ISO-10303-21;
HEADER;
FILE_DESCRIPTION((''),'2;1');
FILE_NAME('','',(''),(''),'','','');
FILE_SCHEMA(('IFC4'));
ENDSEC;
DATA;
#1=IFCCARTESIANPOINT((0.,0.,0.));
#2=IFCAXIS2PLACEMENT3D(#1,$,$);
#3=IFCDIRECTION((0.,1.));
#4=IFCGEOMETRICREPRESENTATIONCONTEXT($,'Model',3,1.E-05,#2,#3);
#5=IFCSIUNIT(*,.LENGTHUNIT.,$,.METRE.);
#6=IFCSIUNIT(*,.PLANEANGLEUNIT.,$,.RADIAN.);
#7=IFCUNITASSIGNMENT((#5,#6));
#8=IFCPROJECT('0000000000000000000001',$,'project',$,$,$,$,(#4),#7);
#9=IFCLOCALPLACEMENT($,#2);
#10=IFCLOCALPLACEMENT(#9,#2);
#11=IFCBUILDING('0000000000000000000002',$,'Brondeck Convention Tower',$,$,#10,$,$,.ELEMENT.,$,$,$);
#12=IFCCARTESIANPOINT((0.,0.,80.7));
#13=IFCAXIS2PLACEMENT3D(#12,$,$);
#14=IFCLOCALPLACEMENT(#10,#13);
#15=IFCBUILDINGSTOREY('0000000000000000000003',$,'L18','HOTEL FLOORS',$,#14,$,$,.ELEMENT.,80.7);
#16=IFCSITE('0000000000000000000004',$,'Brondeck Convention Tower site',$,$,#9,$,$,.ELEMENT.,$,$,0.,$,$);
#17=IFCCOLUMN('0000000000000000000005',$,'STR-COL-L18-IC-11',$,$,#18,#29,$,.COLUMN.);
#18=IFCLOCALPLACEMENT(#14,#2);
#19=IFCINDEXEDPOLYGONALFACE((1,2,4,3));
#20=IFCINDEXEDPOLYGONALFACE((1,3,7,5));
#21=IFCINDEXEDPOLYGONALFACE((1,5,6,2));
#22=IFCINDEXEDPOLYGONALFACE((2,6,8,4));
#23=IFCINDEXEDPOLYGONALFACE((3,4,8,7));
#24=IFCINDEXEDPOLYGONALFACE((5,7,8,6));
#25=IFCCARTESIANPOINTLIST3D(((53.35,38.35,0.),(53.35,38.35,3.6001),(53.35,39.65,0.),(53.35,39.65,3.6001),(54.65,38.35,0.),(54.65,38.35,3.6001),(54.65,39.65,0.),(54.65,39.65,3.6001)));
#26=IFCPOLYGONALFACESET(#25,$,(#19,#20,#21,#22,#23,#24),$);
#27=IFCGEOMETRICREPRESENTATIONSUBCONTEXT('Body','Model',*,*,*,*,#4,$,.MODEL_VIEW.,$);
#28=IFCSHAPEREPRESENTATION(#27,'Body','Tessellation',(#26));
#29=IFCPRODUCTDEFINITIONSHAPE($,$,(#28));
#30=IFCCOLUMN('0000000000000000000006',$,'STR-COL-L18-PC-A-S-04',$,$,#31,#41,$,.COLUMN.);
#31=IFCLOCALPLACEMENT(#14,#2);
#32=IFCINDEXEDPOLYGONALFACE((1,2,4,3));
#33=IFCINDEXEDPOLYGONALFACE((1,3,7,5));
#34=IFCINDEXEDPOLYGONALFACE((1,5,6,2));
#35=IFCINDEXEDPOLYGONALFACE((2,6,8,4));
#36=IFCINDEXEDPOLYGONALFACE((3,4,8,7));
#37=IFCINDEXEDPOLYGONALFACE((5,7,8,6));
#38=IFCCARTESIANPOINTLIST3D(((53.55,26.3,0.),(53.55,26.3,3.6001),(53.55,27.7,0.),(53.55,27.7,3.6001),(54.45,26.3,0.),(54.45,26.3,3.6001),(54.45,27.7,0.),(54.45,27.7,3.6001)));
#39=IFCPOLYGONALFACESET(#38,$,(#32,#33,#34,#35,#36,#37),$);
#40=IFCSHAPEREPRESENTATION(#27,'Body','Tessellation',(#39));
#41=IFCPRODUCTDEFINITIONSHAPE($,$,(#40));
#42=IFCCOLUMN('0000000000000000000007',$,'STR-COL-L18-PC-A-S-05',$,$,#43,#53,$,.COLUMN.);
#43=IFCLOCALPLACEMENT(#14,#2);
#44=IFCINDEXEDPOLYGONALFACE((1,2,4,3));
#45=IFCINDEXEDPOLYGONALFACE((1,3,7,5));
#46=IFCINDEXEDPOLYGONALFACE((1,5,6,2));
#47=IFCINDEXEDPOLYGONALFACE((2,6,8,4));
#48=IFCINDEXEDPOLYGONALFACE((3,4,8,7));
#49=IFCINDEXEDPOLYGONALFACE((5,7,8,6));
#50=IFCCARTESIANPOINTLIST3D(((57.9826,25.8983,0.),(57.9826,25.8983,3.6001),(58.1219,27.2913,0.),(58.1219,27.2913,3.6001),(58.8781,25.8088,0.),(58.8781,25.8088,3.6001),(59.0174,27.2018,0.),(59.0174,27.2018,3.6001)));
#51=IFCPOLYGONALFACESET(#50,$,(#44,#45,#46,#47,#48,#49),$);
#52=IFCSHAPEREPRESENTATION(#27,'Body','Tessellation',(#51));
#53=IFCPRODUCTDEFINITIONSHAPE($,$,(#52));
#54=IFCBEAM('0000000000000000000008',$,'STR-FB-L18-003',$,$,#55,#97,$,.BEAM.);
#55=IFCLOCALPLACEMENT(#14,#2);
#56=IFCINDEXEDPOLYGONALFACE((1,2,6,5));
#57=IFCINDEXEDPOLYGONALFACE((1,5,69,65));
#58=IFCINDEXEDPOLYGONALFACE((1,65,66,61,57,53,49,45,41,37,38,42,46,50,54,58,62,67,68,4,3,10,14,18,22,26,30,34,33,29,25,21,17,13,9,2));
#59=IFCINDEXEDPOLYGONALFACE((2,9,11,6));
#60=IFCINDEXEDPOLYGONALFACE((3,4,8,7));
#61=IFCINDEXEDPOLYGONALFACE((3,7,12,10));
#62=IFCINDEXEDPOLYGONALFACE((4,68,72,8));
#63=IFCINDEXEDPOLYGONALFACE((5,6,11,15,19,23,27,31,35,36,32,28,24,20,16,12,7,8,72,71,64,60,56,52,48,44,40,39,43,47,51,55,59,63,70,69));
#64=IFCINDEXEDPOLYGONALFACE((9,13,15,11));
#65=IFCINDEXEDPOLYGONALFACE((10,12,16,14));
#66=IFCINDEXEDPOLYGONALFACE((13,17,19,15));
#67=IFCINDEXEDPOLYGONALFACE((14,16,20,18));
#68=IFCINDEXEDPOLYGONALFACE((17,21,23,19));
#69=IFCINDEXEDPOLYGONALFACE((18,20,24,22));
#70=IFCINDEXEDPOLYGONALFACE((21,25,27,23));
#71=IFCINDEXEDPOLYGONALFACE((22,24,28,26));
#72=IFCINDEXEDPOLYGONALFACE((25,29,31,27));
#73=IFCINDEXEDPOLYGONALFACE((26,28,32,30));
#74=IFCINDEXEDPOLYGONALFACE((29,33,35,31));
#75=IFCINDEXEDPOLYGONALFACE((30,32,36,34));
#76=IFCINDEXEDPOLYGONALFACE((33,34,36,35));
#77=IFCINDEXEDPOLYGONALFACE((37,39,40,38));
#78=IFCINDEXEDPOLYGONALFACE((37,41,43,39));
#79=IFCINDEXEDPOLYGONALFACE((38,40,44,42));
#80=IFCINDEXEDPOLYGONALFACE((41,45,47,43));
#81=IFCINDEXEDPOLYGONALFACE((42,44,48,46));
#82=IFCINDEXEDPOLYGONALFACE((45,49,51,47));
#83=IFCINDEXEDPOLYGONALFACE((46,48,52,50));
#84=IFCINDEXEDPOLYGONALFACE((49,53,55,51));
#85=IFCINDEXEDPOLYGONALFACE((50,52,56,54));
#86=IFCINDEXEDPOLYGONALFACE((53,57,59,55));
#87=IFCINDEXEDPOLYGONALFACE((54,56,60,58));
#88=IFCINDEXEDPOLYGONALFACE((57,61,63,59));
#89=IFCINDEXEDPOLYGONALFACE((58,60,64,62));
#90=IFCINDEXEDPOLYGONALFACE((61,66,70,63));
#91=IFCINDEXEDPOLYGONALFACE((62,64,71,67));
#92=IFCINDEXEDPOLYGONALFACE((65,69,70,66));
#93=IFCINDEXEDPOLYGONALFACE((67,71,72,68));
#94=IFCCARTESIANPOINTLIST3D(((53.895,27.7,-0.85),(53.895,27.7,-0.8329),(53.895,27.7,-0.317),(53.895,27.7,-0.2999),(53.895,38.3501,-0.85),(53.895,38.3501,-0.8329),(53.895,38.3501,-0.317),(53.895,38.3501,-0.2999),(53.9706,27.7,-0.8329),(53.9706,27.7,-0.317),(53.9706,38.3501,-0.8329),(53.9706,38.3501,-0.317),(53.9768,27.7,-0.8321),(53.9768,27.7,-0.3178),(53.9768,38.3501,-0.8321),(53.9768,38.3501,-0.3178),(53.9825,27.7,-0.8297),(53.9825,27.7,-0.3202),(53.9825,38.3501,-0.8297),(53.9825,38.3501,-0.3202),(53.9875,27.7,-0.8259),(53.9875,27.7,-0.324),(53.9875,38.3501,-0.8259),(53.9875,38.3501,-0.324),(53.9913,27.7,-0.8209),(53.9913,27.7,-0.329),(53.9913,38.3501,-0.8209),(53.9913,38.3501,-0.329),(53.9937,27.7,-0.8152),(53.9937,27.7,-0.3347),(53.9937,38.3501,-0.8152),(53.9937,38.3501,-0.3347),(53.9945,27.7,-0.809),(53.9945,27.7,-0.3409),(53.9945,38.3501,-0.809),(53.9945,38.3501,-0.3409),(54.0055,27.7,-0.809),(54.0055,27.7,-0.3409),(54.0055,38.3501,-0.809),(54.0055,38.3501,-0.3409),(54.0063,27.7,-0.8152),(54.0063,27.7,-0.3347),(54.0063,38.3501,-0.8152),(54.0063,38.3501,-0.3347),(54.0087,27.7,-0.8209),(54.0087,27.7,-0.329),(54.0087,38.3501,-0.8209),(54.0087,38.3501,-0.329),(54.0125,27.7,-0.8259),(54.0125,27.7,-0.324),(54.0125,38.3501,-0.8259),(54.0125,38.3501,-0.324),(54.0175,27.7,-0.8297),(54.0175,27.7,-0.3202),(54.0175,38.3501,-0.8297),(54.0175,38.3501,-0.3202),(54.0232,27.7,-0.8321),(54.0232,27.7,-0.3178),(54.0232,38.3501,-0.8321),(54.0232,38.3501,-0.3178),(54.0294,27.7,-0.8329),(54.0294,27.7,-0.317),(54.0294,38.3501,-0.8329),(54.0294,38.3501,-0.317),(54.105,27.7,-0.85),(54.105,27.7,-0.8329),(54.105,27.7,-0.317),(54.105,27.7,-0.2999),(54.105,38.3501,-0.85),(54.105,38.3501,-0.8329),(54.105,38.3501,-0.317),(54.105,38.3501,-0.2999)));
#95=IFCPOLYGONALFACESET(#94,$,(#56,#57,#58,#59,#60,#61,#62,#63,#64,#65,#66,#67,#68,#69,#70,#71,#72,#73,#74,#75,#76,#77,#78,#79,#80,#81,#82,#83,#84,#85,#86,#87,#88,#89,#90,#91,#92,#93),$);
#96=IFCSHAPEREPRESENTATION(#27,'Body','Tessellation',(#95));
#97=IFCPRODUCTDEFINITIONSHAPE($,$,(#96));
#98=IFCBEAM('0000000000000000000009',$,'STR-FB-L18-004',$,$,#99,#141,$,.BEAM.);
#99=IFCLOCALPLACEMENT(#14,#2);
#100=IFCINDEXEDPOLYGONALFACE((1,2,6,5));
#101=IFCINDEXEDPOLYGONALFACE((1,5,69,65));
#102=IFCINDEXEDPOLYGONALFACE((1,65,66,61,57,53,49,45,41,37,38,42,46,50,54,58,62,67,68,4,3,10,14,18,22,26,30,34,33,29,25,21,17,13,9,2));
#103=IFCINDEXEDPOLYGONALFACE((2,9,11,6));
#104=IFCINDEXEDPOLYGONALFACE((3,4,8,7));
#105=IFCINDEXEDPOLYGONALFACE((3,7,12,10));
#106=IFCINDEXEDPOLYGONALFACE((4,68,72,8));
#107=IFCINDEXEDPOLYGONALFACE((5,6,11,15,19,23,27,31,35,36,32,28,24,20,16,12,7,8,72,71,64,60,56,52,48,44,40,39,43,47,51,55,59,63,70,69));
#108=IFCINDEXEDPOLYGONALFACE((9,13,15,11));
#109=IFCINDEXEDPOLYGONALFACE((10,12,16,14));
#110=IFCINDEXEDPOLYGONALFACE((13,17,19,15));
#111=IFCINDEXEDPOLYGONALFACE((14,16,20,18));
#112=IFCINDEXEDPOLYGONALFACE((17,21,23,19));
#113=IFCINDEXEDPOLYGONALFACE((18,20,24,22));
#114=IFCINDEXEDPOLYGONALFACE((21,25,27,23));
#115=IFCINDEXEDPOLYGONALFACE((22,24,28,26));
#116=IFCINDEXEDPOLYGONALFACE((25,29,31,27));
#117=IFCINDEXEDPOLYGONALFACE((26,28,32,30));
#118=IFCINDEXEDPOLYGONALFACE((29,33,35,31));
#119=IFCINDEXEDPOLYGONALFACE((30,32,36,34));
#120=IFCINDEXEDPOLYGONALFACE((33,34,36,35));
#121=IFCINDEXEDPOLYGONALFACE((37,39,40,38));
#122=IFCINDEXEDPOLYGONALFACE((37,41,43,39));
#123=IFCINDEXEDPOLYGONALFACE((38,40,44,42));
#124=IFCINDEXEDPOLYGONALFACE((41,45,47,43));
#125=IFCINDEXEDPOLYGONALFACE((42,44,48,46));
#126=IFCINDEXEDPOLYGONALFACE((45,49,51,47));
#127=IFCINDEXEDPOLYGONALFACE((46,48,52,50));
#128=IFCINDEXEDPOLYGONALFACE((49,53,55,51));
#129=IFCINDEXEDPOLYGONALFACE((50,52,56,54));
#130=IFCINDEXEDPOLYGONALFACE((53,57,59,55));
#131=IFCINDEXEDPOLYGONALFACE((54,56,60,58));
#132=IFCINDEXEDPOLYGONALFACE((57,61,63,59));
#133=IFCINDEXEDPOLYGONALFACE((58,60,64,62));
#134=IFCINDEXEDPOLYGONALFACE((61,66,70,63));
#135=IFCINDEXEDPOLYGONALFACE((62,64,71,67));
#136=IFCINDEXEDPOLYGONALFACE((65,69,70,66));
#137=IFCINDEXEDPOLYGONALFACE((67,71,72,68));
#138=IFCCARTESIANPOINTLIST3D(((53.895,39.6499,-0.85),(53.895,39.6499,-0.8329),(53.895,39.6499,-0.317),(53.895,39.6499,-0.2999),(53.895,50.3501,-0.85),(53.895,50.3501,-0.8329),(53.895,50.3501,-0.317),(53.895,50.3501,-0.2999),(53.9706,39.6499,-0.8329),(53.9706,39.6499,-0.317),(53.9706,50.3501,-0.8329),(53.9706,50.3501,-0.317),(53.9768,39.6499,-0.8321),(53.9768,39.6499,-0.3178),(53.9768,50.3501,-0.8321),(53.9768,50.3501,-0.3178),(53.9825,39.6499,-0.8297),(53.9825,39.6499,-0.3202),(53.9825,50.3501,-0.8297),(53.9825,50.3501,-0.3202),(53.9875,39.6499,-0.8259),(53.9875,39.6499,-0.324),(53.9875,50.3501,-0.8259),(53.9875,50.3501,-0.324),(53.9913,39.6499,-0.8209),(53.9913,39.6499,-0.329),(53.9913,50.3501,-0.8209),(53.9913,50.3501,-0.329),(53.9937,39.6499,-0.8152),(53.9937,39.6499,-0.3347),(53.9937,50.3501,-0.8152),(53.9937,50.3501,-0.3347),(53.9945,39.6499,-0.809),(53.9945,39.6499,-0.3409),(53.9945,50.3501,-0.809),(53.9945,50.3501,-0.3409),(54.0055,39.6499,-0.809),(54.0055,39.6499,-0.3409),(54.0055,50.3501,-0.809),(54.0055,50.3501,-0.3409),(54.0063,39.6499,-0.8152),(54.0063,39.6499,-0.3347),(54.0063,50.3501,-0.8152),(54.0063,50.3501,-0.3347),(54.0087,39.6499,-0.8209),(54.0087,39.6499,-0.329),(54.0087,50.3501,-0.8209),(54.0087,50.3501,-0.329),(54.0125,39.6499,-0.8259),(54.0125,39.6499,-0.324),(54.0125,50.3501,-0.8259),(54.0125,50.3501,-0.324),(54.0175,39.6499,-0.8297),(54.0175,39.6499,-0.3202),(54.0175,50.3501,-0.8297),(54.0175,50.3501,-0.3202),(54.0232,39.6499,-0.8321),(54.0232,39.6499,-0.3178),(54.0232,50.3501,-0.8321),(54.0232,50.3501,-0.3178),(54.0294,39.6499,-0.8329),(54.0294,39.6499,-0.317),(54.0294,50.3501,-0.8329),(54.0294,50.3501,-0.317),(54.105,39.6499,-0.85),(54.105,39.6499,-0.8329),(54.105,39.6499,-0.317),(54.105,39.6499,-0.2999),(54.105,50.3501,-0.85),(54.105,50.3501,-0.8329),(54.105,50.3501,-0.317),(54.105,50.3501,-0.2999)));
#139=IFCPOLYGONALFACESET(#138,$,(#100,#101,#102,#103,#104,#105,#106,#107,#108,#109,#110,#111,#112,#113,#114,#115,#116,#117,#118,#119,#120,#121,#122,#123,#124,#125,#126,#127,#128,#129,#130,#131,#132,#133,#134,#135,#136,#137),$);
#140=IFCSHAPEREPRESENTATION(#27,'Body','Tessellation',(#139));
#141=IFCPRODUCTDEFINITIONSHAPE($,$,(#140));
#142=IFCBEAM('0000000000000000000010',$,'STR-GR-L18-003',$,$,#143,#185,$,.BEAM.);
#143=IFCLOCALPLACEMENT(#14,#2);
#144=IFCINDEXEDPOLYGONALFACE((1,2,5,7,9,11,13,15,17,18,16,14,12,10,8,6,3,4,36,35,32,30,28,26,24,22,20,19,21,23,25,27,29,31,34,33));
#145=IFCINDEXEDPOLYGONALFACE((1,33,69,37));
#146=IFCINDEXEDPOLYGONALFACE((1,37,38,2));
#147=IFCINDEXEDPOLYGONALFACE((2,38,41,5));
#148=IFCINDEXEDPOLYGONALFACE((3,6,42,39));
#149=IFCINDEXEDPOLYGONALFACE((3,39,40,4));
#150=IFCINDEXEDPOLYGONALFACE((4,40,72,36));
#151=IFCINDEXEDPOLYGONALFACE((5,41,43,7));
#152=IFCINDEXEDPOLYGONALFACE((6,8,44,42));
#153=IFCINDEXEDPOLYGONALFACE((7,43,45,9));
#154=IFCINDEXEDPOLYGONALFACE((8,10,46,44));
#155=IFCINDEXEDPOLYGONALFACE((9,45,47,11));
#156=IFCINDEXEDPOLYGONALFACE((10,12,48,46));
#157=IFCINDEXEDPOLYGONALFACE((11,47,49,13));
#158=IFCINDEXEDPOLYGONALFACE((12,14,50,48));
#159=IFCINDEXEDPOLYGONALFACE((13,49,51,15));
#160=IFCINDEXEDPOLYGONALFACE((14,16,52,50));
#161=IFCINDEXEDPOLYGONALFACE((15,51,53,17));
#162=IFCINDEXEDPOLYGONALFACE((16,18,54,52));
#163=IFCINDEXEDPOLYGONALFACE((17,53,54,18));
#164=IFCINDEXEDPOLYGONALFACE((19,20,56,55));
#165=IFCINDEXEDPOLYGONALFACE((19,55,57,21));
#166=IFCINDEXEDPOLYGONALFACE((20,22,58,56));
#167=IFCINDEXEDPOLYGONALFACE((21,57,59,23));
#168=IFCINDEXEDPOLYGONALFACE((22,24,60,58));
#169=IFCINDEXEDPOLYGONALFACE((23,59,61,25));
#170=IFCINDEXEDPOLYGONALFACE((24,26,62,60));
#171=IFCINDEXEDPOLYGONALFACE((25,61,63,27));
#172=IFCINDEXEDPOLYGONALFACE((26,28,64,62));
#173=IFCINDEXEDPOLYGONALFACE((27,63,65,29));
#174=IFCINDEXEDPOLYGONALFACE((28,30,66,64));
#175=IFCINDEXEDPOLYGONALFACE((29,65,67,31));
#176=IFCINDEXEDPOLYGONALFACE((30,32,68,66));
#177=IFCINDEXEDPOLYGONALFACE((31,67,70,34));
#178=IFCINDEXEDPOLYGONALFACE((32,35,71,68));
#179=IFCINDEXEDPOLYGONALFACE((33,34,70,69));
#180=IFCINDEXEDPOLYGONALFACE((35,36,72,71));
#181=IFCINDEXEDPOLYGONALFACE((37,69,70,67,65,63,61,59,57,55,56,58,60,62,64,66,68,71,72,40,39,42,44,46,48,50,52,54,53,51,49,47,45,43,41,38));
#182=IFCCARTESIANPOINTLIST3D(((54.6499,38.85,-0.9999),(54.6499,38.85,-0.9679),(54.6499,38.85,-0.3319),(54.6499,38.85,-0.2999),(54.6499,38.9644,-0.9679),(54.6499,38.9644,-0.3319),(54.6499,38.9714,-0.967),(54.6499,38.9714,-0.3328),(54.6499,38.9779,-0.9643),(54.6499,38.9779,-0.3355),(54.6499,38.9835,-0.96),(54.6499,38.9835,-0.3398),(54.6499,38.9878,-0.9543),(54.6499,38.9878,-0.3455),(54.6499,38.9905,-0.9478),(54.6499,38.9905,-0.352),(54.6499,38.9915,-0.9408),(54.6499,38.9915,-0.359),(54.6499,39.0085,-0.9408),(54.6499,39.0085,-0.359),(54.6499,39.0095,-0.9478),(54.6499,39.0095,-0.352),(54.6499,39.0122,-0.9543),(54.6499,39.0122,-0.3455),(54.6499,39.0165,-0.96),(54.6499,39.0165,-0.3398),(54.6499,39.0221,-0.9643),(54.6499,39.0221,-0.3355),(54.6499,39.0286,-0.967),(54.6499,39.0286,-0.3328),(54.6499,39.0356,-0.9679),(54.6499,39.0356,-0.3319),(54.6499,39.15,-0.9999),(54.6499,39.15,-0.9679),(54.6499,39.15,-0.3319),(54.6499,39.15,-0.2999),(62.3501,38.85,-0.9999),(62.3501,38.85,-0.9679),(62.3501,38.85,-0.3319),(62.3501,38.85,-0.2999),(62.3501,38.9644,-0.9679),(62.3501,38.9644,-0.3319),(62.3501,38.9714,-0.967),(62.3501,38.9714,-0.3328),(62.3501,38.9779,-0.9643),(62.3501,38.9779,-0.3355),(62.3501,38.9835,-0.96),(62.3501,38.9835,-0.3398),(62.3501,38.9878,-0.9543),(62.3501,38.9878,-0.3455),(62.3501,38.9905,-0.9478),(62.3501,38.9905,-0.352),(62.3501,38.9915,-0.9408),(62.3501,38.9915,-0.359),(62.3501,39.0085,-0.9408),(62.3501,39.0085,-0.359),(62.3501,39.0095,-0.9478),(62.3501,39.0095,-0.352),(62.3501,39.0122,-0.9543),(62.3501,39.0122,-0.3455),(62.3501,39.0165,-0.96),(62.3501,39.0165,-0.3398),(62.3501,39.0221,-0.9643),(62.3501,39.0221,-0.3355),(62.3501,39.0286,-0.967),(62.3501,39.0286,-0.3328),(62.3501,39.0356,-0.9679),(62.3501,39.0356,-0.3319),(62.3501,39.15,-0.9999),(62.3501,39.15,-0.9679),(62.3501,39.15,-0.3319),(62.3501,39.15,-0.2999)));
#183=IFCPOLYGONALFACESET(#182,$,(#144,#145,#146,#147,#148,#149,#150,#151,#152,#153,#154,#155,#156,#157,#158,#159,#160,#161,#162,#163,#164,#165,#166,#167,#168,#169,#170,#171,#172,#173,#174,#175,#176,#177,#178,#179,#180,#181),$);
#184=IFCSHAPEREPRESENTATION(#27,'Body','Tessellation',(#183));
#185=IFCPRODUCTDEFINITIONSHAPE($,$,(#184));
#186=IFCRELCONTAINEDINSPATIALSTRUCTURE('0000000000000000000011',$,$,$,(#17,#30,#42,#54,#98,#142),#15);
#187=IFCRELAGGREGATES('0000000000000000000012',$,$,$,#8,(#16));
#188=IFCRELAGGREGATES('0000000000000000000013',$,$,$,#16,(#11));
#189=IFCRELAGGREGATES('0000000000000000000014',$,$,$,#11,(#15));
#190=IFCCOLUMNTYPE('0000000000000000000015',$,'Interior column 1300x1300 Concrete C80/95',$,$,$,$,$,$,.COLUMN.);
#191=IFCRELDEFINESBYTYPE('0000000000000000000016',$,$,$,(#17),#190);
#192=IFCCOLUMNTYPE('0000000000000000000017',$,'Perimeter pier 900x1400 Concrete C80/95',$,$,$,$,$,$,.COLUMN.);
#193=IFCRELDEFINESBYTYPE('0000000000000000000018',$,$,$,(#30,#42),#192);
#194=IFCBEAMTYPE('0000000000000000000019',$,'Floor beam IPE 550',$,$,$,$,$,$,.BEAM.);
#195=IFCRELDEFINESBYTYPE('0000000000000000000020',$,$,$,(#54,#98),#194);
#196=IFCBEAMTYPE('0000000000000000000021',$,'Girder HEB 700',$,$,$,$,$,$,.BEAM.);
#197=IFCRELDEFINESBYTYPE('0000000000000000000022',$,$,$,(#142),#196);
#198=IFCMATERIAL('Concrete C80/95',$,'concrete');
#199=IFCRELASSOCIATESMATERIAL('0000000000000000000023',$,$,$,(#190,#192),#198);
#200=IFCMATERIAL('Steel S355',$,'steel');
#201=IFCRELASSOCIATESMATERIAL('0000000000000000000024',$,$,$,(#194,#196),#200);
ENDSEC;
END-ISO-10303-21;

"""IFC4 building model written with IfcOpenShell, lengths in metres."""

from ifc_helpers import new_model, si_unit, direction, frame, origin, origin_2d, place, context, subcontext, project, spatial, rectangle, i_section, extrude, material, material_profile, profile_set, type_object, element, save


model = new_model("IFC4")

# Units and contexts
model_context = context("Model", 3, precision=1e-05, world=origin(), true_north=direction((0.0, 1.0)))
body_context = subcontext(model_context, "Body", "Model", "MODEL_VIEW")
ifc_project = project(units=[si_unit("LENGTHUNIT", "METRE"), si_unit("PLANEANGLEUNIT", "RADIAN")], contexts=[model_context])

# Site, building, storey
site_placement = place(None, origin())
site = spatial("IfcSite", under=ifc_project, at=site_placement, Name="Brondeck Convention Tower site", CompositionType="ELEMENT", RefElevation=0.0)
building_placement = place(site_placement, origin())
building = spatial("IfcBuilding", under=site, at=building_placement, Name="Brondeck Convention Tower", CompositionType="ELEMENT")
storey_placement = place(building_placement, frame((0.0, 0.0, 80.7)))
storey = spatial("IfcBuildingStorey", under=building, at=storey_placement, Name="L18", Description="HOTEL FLOORS", CompositionType="ELEMENT", Elevation=80.7)

# Columns
ifc_material_1 = material(Name="Concrete C80/95", Category="concrete")
ifc_material_profile_1 = material_profile(ifc_material_1, rectangle(XDim=1.3, YDim=1.3, at=origin_2d()), Name="Interior column 1300x1300 Concrete C80/95")
ifc_profile_set_1 = profile_set([ifc_material_profile_1], Name="Concrete C80/95")
column_type_1 = type_object("IfcColumnType", Name="Interior column 1300x1300 Concrete C80/95", PredefinedType="COLUMN", material=ifc_profile_set_1)
column_placement = place(storey_placement, frame((54.0, 39.0, 0.0), z_axis=(0.0, 0.0, 1.0), x_axis=(1.0, 0.0, 0.0)))
element("IfcColumn", 1, at=column_placement, inside=storey, type_object=column_type_1, Name="STR-COL-L18-IC-11", PredefinedType="COLUMN", context=body_context, shape_type="SweptSolid", body=[
    extrude(rectangle(XDim=1.3, YDim=1.3, at=origin_2d()), origin(), (0.0, 0.0, 1.0), 3.6001),
])
ifc_material_profile_2 = material_profile(ifc_material_1, rectangle(XDim=0.8999, YDim=1.3999, at=origin_2d()), Name="Perimeter pier 900x1400 Concrete C80/95")
ifc_profile_set_2 = profile_set([ifc_material_profile_2], Name="Concrete C80/95")
column_type_2 = type_object("IfcColumnType", Name="Perimeter pier 900x1400 Concrete C80/95", PredefinedType="COLUMN", material=ifc_profile_set_2)
for number, where, z_axis, x_axis, name in (
    (2, (54.0, 27.0, 0.0), (0.0, 0.0, 1.0), (1.0, 0.0, 0.0), "STR-COL-L18-PC-A-S-04"),
    (3, (58.5, 26.55, 0.0), (0.0, 0.0, 1.0), (0.995037, -0.099504, 0.0), "STR-COL-L18-PC-A-S-05"),
):
    element("IfcColumn", number, at=place(storey_placement, frame(where, z_axis=z_axis, x_axis=x_axis)), inside=storey, type_object=column_type_2, Name=name, PredefinedType="COLUMN", context=body_context, shape_type="SweptSolid", body=[
        extrude(rectangle(XDim=0.8999, YDim=1.3999, at=origin_2d()), origin(), (0.0, 0.0, 1.0), 3.6001),
    ])

# Beams
ifc_material_2 = material(Name="Steel S355", Category="steel")
ifc_material_profile_3 = material_profile(ifc_material_2, i_section(OverallWidth=0.21, OverallDepth=0.55, WebThickness=0.011, FlangeThickness=0.0171, FilletRadius=0.0239, at=origin_2d()), Name="IPE 550")
ifc_profile_set_3 = profile_set([ifc_material_profile_3], Name="Steel S355")
beam_type_1 = type_object("IfcBeamType", Name="Floor beam IPE 550", PredefinedType="BEAM", material=ifc_profile_set_3)
beam_1_placement = place(storey_placement, frame((54.0, 27.7, -0.575), z_axis=(0.0, 1.0, 0.0), x_axis=(-1.0, 0.0, 0.0)))
element("IfcBeam", 4, at=beam_1_placement, inside=storey, type_object=beam_type_1, Name="STR-FB-L18-003", PredefinedType="BEAM", context=body_context, shape_type="SweptSolid", body=[
    extrude(i_section(OverallWidth=0.21, OverallDepth=0.55, WebThickness=0.011, FlangeThickness=0.0171, FilletRadius=0.0239, at=origin_2d()), origin(), (0.0, 0.0, 1.0), 10.6501),
])
beam_2_placement = place(storey_placement, frame((54.0, 39.6499, -0.575), z_axis=(0.0, 1.0, 0.0), x_axis=(-1.0, 0.0, 0.0)))
element("IfcBeam", 5, at=beam_2_placement, inside=storey, type_object=beam_type_1, Name="STR-FB-L18-004", PredefinedType="BEAM", context=body_context, shape_type="SweptSolid", body=[
    extrude(i_section(OverallWidth=0.21, OverallDepth=0.55, WebThickness=0.011, FlangeThickness=0.0171, FilletRadius=0.0239, at=origin_2d()), origin(), (0.0, 0.0, 1.0), 10.7002),
])
ifc_material_profile_4 = material_profile(ifc_material_2, i_section(OverallWidth=0.3, OverallDepth=0.7, WebThickness=0.0171, FlangeThickness=0.032, FilletRadius=0.0271, at=origin_2d()), Name="HEB 700")
ifc_profile_set_4 = profile_set([ifc_material_profile_4], Name="Steel S355")
beam_type_2 = type_object("IfcBeamType", Name="Girder HEB 700", PredefinedType="BEAM", material=ifc_profile_set_4)
beam_3_placement = place(storey_placement, frame((54.6499, 39.0, -0.6499), z_axis=(1.0, 0.0, 0.0), x_axis=(0.0, 1.0, 0.0)))
element("IfcBeam", 6, at=beam_3_placement, inside=storey, type_object=beam_type_2, Name="STR-GR-L18-003", PredefinedType="BEAM", context=body_context, shape_type="SweptSolid", body=[
    extrude(i_section(OverallWidth=0.3, OverallDepth=0.7, WebThickness=0.0171, FlangeThickness=0.032, FilletRadius=0.0271, at=origin_2d()), origin(), (0.0, 0.0, 1.0), 7.7002),
])

save(model, "model.ifc")
